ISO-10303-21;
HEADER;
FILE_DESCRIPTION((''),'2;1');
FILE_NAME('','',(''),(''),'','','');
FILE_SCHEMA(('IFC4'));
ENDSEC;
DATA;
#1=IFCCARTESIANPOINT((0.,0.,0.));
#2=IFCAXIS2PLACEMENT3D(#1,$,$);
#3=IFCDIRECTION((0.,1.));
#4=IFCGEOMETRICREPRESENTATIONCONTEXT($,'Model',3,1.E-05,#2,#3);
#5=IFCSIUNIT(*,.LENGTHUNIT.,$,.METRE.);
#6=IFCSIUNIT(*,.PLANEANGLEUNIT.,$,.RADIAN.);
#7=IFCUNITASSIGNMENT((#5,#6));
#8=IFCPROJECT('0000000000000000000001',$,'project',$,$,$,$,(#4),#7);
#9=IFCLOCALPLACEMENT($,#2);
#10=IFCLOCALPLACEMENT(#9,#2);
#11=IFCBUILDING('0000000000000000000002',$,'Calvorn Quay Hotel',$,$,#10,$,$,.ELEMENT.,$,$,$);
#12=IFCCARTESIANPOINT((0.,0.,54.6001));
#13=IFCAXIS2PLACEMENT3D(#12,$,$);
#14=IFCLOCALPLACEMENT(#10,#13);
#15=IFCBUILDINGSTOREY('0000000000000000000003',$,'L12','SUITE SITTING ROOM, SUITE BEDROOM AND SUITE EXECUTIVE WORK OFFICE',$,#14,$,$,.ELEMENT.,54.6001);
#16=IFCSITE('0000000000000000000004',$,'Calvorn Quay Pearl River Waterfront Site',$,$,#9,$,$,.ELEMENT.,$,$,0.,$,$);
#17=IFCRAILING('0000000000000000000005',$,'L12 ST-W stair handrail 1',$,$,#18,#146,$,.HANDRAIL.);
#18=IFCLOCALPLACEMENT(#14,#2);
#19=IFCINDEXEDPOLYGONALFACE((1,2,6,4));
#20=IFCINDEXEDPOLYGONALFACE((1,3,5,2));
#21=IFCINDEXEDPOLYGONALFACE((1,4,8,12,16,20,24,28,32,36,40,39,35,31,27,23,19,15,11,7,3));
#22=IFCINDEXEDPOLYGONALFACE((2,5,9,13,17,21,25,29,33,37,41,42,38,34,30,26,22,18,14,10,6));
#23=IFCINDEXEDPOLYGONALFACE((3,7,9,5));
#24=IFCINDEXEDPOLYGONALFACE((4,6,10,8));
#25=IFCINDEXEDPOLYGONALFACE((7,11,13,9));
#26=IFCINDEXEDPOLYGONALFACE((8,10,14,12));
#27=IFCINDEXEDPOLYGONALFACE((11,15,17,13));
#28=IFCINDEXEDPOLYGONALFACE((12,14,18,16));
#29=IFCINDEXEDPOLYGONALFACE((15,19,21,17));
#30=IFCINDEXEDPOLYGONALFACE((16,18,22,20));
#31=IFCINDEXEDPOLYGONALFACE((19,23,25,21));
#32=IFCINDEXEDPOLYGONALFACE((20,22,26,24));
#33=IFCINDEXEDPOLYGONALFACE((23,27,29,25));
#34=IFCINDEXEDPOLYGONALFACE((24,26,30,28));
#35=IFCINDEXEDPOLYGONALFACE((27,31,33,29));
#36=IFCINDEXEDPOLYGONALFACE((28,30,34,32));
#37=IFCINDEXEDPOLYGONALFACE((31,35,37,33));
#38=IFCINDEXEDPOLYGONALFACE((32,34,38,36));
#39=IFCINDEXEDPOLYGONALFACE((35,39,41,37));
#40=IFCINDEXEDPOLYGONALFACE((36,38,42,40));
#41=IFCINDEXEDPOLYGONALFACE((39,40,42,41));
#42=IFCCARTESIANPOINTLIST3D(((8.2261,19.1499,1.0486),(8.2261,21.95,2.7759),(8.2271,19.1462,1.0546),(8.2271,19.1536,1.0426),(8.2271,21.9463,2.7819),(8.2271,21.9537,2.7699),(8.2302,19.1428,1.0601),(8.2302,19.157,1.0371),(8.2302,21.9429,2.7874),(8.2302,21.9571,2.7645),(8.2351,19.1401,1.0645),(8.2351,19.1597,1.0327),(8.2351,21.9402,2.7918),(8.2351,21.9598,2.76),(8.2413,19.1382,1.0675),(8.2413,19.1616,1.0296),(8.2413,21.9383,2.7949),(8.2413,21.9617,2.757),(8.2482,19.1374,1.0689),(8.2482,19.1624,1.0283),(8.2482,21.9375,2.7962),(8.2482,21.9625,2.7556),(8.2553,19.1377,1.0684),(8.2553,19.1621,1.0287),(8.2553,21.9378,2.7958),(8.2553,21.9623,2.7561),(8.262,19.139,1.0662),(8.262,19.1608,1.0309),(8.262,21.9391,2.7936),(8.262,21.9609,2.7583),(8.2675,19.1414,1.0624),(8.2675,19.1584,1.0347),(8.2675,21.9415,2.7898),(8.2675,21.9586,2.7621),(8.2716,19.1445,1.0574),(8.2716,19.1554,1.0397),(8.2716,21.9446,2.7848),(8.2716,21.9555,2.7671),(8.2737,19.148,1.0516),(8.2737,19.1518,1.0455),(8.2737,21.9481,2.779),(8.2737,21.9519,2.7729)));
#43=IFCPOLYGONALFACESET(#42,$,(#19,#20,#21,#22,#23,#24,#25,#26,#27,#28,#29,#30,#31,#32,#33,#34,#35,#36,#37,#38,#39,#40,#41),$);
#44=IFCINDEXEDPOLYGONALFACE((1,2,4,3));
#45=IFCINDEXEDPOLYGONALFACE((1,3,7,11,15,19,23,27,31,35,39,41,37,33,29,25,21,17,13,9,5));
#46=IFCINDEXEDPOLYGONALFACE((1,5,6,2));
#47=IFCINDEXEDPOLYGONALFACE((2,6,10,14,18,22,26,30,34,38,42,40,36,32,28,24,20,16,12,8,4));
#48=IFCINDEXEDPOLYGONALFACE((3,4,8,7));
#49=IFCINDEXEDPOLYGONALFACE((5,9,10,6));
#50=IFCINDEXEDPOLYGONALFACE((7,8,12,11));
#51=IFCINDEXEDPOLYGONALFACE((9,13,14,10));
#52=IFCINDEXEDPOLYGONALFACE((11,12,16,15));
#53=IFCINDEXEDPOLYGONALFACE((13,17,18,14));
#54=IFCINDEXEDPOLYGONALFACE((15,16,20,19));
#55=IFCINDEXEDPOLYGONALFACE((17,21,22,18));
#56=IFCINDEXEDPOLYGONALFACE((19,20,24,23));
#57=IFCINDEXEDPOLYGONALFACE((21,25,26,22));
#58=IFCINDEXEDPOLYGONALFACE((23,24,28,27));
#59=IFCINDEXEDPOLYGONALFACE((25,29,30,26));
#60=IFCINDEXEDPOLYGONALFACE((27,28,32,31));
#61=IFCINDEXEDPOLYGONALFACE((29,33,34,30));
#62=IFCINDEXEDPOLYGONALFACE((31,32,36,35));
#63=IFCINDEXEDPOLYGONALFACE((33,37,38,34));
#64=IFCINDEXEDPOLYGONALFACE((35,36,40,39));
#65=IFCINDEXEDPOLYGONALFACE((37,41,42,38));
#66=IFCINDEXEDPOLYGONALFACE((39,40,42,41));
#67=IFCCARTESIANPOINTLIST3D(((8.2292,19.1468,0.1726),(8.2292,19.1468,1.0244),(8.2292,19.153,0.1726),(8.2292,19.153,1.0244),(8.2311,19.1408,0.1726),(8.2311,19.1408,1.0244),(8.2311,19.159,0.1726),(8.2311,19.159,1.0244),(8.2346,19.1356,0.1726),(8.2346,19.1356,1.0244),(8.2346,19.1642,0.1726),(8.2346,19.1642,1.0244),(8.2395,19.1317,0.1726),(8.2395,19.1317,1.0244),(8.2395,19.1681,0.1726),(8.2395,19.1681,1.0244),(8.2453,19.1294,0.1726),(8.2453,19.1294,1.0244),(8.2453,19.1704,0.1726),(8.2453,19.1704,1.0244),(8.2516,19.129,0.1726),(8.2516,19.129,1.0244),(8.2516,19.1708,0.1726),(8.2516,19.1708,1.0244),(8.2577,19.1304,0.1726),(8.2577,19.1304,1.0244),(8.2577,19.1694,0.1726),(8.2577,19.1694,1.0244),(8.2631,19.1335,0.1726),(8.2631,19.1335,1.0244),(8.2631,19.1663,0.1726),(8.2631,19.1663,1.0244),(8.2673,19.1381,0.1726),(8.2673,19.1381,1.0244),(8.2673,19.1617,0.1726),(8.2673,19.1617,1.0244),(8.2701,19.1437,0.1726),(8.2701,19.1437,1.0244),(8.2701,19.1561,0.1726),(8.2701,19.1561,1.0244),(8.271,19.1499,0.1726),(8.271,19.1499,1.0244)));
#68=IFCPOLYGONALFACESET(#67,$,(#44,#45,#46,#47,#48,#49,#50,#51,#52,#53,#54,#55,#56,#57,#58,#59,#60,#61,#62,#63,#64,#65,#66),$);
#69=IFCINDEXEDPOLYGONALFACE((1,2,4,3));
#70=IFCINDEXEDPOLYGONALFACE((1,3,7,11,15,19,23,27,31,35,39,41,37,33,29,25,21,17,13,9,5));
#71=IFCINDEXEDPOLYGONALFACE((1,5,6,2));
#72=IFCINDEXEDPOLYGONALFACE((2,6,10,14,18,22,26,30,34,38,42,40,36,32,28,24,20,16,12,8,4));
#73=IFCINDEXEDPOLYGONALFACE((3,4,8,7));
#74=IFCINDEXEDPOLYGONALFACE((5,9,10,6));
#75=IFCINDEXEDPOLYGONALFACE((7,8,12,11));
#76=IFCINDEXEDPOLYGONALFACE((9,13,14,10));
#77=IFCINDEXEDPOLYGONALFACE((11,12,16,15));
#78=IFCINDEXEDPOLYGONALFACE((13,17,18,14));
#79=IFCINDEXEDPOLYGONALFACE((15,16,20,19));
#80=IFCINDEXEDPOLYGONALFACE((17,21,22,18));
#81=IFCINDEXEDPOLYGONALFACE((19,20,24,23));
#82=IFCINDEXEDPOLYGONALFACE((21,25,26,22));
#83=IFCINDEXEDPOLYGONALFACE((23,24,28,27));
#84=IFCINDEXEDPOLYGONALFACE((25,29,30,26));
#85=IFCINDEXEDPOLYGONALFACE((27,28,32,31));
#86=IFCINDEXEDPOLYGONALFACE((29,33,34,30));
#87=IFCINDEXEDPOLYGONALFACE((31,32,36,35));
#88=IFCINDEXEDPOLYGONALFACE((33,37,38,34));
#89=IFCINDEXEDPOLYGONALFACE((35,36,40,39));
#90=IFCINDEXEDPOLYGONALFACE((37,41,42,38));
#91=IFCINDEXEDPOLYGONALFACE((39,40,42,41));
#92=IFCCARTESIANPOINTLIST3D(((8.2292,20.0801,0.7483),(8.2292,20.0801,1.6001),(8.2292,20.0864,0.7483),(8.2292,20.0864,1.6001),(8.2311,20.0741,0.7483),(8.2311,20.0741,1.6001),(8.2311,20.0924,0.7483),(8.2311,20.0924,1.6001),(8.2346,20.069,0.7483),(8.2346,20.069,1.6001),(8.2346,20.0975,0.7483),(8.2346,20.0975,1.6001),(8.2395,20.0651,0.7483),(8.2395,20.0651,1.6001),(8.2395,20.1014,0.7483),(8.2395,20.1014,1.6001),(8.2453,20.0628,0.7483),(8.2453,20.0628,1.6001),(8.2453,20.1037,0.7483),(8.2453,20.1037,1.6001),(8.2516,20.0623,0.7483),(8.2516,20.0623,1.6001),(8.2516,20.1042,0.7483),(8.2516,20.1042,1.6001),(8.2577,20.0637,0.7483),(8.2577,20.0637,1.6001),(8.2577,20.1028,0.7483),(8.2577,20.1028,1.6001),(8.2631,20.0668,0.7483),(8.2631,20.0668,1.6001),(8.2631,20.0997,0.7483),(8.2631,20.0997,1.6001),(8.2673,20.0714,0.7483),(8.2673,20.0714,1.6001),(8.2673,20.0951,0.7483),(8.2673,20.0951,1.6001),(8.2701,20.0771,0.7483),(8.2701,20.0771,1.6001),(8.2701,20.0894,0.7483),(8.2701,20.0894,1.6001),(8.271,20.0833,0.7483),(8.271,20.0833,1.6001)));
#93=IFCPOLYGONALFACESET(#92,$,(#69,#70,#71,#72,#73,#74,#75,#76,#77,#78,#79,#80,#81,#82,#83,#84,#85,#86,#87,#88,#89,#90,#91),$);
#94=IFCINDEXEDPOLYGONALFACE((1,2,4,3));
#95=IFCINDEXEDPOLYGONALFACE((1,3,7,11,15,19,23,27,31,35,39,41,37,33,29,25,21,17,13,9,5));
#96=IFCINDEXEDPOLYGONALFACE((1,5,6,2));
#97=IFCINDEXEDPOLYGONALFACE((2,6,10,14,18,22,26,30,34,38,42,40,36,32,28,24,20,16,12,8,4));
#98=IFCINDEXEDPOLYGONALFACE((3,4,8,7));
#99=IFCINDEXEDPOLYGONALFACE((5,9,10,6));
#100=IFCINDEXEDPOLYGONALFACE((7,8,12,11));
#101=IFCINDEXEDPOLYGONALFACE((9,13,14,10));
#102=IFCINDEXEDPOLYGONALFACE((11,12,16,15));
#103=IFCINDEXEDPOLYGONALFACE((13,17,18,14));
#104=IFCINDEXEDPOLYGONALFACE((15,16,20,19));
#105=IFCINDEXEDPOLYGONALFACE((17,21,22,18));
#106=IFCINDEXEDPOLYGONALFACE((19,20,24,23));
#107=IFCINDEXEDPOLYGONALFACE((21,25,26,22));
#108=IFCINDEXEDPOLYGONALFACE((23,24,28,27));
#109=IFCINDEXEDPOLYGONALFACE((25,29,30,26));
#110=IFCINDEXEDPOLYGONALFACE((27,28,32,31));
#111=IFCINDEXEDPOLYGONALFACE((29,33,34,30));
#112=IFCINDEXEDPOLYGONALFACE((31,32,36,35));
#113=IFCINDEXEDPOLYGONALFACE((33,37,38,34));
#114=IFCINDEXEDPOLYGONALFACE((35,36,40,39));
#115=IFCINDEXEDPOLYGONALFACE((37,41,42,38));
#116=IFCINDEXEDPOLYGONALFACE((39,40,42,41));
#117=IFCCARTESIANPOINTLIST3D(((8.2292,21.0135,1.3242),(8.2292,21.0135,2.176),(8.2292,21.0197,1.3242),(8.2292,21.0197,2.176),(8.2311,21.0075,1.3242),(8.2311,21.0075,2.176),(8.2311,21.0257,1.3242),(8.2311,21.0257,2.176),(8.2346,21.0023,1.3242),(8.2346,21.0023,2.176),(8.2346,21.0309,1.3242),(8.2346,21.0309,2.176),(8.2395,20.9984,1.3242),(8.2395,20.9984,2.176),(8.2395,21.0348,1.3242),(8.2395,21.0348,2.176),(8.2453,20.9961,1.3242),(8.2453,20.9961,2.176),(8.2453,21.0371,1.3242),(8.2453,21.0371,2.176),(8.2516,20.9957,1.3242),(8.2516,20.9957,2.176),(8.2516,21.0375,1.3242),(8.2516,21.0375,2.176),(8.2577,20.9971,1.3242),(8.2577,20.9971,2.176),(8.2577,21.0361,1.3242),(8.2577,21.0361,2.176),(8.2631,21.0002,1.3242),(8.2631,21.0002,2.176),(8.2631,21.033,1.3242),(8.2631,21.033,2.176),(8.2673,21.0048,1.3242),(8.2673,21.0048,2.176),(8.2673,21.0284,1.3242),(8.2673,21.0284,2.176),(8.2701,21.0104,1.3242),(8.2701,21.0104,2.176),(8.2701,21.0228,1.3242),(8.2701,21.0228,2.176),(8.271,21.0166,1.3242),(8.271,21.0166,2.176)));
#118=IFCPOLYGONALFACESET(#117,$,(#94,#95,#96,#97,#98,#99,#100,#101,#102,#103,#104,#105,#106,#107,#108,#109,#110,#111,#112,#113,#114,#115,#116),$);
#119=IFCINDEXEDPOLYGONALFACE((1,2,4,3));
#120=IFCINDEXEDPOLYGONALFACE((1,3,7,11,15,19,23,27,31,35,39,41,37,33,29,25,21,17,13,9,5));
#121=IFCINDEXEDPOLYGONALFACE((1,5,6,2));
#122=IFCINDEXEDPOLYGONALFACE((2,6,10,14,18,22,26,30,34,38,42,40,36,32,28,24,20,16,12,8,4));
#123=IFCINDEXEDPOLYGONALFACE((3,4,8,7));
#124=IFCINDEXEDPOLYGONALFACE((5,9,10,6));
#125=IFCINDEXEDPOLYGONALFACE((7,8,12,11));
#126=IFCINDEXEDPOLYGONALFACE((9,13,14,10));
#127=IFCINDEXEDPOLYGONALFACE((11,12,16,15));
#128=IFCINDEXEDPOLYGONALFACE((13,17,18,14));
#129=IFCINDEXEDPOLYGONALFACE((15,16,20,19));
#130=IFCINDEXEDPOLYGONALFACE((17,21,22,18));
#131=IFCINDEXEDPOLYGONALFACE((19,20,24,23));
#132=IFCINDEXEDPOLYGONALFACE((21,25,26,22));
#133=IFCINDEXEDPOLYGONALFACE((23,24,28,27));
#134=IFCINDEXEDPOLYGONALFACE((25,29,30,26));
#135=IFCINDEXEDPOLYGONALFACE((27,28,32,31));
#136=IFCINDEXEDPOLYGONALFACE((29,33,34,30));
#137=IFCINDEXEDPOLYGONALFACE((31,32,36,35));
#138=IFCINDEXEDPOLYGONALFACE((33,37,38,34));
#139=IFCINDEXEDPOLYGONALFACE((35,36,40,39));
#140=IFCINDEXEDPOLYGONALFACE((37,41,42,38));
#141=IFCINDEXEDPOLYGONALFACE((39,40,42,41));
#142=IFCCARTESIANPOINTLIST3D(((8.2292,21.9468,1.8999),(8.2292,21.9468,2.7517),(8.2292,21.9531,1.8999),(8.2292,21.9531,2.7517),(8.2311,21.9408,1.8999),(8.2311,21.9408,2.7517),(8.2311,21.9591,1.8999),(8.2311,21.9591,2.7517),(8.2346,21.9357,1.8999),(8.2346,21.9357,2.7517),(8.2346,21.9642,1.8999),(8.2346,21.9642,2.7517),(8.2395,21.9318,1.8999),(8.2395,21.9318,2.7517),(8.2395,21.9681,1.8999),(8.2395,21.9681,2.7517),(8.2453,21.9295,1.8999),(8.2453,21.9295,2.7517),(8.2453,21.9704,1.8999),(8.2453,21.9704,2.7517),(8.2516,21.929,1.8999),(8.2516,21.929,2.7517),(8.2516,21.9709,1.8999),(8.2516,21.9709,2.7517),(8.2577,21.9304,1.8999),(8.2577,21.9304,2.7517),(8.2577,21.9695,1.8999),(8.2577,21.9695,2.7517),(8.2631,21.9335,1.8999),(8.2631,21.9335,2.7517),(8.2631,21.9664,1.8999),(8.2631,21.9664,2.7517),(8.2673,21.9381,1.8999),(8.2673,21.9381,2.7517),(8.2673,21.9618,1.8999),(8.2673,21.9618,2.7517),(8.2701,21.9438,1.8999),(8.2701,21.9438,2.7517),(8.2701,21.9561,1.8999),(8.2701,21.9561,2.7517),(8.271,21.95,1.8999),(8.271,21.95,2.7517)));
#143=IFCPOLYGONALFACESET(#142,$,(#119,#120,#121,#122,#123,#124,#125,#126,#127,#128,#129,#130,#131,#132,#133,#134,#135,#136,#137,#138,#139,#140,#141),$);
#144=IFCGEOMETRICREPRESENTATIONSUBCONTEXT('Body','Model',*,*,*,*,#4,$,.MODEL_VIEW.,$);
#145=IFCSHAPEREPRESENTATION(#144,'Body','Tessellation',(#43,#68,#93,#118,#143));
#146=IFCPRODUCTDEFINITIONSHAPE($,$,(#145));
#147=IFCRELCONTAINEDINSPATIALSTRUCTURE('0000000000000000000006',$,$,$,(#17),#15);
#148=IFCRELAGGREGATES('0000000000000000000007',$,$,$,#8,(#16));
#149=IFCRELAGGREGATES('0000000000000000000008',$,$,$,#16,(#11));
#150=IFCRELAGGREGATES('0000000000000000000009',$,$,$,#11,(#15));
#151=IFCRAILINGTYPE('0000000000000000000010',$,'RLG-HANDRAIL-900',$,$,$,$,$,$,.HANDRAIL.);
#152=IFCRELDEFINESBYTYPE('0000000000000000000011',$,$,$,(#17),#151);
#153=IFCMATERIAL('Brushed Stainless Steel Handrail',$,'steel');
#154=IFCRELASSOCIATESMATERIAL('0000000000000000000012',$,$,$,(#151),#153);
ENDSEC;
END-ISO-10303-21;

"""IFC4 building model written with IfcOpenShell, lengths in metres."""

from ifc_helpers import new_model, si_unit, direction, frame, origin, origin_2d, place, context, subcontext, project, spatial, circle, extrude, material, type_object, element, save


model = new_model("IFC4")

# Units and contexts
model_context = context("Model", 3, precision=1e-05, world=origin(), true_north=direction((0.0, 1.0)))
body_context = subcontext(model_context, "Body", "Model", "MODEL_VIEW")
ifc_project = project(units=[si_unit("LENGTHUNIT", "METRE"), si_unit("PLANEANGLEUNIT", "RADIAN")], contexts=[model_context])

# Site, building, storey
site_placement = place(None, origin())
site = spatial("IfcSite", under=ifc_project, at=site_placement, Name="Calvorn Quay Pearl River Waterfront Site", CompositionType="ELEMENT", RefElevation=0.0)
building_placement = place(site_placement, origin())
building = spatial("IfcBuilding", under=site, at=building_placement, Name="Calvorn Quay Hotel", CompositionType="ELEMENT")
storey_placement = place(building_placement, frame((0.0, 0.0, 54.6001)))
storey = spatial("IfcBuildingStorey", under=building, at=storey_placement, Name="L12", Description="SUITE SITTING ROOM, SUITE BEDROOM AND SUITE EXECUTIVE WORK OFFICE", CompositionType="ELEMENT", Elevation=54.6001)

# Railing
ifc_material_1 = material(Name="Brushed Stainless Steel Handrail", Category="steel")
railing_type_1 = type_object("IfcRailingType", Name="RLG-HANDRAIL-900", PredefinedType="HANDRAIL", material=ifc_material_1)
railing_1_placement = place(storey_placement, frame((8.25, 19.1499, 0.1726)))
element("IfcRailing", 1, at=railing_1_placement, inside=storey, type_object=railing_type_1, Name="L12 ST-W stair handrail 1", PredefinedType="HANDRAIL", context=body_context, shape_type="SweptSolid", body=[
    extrude(circle(Radius=0.0239, at=origin_2d()), frame((0.0, 0.0, 0.876), z_axis=(0.0, 0.85109, 0.52502), x_axis=(-1.0, 0.0, 0.0)), (0.0, 0.0, 1.0), 3.29),
    extrude(circle(Radius=0.021, at=origin_2d()), origin(), (0.0, 0.0, 1.0), 0.8518),
    extrude(circle(Radius=0.021, at=origin_2d()), frame((0.0, 0.9333, 0.5757)), (0.0, 0.0, 1.0), 0.8518),
    extrude(circle(Radius=0.021, at=origin_2d()), frame((0.0, 1.8667, 1.1516)), (0.0, 0.0, 1.0), 0.8518),
    extrude(circle(Radius=0.021, at=origin_2d()), frame((0.0, 2.8, 1.7273)), (0.0, 0.0, 1.0), 0.8518),
])

save(model, "model.ifc")
